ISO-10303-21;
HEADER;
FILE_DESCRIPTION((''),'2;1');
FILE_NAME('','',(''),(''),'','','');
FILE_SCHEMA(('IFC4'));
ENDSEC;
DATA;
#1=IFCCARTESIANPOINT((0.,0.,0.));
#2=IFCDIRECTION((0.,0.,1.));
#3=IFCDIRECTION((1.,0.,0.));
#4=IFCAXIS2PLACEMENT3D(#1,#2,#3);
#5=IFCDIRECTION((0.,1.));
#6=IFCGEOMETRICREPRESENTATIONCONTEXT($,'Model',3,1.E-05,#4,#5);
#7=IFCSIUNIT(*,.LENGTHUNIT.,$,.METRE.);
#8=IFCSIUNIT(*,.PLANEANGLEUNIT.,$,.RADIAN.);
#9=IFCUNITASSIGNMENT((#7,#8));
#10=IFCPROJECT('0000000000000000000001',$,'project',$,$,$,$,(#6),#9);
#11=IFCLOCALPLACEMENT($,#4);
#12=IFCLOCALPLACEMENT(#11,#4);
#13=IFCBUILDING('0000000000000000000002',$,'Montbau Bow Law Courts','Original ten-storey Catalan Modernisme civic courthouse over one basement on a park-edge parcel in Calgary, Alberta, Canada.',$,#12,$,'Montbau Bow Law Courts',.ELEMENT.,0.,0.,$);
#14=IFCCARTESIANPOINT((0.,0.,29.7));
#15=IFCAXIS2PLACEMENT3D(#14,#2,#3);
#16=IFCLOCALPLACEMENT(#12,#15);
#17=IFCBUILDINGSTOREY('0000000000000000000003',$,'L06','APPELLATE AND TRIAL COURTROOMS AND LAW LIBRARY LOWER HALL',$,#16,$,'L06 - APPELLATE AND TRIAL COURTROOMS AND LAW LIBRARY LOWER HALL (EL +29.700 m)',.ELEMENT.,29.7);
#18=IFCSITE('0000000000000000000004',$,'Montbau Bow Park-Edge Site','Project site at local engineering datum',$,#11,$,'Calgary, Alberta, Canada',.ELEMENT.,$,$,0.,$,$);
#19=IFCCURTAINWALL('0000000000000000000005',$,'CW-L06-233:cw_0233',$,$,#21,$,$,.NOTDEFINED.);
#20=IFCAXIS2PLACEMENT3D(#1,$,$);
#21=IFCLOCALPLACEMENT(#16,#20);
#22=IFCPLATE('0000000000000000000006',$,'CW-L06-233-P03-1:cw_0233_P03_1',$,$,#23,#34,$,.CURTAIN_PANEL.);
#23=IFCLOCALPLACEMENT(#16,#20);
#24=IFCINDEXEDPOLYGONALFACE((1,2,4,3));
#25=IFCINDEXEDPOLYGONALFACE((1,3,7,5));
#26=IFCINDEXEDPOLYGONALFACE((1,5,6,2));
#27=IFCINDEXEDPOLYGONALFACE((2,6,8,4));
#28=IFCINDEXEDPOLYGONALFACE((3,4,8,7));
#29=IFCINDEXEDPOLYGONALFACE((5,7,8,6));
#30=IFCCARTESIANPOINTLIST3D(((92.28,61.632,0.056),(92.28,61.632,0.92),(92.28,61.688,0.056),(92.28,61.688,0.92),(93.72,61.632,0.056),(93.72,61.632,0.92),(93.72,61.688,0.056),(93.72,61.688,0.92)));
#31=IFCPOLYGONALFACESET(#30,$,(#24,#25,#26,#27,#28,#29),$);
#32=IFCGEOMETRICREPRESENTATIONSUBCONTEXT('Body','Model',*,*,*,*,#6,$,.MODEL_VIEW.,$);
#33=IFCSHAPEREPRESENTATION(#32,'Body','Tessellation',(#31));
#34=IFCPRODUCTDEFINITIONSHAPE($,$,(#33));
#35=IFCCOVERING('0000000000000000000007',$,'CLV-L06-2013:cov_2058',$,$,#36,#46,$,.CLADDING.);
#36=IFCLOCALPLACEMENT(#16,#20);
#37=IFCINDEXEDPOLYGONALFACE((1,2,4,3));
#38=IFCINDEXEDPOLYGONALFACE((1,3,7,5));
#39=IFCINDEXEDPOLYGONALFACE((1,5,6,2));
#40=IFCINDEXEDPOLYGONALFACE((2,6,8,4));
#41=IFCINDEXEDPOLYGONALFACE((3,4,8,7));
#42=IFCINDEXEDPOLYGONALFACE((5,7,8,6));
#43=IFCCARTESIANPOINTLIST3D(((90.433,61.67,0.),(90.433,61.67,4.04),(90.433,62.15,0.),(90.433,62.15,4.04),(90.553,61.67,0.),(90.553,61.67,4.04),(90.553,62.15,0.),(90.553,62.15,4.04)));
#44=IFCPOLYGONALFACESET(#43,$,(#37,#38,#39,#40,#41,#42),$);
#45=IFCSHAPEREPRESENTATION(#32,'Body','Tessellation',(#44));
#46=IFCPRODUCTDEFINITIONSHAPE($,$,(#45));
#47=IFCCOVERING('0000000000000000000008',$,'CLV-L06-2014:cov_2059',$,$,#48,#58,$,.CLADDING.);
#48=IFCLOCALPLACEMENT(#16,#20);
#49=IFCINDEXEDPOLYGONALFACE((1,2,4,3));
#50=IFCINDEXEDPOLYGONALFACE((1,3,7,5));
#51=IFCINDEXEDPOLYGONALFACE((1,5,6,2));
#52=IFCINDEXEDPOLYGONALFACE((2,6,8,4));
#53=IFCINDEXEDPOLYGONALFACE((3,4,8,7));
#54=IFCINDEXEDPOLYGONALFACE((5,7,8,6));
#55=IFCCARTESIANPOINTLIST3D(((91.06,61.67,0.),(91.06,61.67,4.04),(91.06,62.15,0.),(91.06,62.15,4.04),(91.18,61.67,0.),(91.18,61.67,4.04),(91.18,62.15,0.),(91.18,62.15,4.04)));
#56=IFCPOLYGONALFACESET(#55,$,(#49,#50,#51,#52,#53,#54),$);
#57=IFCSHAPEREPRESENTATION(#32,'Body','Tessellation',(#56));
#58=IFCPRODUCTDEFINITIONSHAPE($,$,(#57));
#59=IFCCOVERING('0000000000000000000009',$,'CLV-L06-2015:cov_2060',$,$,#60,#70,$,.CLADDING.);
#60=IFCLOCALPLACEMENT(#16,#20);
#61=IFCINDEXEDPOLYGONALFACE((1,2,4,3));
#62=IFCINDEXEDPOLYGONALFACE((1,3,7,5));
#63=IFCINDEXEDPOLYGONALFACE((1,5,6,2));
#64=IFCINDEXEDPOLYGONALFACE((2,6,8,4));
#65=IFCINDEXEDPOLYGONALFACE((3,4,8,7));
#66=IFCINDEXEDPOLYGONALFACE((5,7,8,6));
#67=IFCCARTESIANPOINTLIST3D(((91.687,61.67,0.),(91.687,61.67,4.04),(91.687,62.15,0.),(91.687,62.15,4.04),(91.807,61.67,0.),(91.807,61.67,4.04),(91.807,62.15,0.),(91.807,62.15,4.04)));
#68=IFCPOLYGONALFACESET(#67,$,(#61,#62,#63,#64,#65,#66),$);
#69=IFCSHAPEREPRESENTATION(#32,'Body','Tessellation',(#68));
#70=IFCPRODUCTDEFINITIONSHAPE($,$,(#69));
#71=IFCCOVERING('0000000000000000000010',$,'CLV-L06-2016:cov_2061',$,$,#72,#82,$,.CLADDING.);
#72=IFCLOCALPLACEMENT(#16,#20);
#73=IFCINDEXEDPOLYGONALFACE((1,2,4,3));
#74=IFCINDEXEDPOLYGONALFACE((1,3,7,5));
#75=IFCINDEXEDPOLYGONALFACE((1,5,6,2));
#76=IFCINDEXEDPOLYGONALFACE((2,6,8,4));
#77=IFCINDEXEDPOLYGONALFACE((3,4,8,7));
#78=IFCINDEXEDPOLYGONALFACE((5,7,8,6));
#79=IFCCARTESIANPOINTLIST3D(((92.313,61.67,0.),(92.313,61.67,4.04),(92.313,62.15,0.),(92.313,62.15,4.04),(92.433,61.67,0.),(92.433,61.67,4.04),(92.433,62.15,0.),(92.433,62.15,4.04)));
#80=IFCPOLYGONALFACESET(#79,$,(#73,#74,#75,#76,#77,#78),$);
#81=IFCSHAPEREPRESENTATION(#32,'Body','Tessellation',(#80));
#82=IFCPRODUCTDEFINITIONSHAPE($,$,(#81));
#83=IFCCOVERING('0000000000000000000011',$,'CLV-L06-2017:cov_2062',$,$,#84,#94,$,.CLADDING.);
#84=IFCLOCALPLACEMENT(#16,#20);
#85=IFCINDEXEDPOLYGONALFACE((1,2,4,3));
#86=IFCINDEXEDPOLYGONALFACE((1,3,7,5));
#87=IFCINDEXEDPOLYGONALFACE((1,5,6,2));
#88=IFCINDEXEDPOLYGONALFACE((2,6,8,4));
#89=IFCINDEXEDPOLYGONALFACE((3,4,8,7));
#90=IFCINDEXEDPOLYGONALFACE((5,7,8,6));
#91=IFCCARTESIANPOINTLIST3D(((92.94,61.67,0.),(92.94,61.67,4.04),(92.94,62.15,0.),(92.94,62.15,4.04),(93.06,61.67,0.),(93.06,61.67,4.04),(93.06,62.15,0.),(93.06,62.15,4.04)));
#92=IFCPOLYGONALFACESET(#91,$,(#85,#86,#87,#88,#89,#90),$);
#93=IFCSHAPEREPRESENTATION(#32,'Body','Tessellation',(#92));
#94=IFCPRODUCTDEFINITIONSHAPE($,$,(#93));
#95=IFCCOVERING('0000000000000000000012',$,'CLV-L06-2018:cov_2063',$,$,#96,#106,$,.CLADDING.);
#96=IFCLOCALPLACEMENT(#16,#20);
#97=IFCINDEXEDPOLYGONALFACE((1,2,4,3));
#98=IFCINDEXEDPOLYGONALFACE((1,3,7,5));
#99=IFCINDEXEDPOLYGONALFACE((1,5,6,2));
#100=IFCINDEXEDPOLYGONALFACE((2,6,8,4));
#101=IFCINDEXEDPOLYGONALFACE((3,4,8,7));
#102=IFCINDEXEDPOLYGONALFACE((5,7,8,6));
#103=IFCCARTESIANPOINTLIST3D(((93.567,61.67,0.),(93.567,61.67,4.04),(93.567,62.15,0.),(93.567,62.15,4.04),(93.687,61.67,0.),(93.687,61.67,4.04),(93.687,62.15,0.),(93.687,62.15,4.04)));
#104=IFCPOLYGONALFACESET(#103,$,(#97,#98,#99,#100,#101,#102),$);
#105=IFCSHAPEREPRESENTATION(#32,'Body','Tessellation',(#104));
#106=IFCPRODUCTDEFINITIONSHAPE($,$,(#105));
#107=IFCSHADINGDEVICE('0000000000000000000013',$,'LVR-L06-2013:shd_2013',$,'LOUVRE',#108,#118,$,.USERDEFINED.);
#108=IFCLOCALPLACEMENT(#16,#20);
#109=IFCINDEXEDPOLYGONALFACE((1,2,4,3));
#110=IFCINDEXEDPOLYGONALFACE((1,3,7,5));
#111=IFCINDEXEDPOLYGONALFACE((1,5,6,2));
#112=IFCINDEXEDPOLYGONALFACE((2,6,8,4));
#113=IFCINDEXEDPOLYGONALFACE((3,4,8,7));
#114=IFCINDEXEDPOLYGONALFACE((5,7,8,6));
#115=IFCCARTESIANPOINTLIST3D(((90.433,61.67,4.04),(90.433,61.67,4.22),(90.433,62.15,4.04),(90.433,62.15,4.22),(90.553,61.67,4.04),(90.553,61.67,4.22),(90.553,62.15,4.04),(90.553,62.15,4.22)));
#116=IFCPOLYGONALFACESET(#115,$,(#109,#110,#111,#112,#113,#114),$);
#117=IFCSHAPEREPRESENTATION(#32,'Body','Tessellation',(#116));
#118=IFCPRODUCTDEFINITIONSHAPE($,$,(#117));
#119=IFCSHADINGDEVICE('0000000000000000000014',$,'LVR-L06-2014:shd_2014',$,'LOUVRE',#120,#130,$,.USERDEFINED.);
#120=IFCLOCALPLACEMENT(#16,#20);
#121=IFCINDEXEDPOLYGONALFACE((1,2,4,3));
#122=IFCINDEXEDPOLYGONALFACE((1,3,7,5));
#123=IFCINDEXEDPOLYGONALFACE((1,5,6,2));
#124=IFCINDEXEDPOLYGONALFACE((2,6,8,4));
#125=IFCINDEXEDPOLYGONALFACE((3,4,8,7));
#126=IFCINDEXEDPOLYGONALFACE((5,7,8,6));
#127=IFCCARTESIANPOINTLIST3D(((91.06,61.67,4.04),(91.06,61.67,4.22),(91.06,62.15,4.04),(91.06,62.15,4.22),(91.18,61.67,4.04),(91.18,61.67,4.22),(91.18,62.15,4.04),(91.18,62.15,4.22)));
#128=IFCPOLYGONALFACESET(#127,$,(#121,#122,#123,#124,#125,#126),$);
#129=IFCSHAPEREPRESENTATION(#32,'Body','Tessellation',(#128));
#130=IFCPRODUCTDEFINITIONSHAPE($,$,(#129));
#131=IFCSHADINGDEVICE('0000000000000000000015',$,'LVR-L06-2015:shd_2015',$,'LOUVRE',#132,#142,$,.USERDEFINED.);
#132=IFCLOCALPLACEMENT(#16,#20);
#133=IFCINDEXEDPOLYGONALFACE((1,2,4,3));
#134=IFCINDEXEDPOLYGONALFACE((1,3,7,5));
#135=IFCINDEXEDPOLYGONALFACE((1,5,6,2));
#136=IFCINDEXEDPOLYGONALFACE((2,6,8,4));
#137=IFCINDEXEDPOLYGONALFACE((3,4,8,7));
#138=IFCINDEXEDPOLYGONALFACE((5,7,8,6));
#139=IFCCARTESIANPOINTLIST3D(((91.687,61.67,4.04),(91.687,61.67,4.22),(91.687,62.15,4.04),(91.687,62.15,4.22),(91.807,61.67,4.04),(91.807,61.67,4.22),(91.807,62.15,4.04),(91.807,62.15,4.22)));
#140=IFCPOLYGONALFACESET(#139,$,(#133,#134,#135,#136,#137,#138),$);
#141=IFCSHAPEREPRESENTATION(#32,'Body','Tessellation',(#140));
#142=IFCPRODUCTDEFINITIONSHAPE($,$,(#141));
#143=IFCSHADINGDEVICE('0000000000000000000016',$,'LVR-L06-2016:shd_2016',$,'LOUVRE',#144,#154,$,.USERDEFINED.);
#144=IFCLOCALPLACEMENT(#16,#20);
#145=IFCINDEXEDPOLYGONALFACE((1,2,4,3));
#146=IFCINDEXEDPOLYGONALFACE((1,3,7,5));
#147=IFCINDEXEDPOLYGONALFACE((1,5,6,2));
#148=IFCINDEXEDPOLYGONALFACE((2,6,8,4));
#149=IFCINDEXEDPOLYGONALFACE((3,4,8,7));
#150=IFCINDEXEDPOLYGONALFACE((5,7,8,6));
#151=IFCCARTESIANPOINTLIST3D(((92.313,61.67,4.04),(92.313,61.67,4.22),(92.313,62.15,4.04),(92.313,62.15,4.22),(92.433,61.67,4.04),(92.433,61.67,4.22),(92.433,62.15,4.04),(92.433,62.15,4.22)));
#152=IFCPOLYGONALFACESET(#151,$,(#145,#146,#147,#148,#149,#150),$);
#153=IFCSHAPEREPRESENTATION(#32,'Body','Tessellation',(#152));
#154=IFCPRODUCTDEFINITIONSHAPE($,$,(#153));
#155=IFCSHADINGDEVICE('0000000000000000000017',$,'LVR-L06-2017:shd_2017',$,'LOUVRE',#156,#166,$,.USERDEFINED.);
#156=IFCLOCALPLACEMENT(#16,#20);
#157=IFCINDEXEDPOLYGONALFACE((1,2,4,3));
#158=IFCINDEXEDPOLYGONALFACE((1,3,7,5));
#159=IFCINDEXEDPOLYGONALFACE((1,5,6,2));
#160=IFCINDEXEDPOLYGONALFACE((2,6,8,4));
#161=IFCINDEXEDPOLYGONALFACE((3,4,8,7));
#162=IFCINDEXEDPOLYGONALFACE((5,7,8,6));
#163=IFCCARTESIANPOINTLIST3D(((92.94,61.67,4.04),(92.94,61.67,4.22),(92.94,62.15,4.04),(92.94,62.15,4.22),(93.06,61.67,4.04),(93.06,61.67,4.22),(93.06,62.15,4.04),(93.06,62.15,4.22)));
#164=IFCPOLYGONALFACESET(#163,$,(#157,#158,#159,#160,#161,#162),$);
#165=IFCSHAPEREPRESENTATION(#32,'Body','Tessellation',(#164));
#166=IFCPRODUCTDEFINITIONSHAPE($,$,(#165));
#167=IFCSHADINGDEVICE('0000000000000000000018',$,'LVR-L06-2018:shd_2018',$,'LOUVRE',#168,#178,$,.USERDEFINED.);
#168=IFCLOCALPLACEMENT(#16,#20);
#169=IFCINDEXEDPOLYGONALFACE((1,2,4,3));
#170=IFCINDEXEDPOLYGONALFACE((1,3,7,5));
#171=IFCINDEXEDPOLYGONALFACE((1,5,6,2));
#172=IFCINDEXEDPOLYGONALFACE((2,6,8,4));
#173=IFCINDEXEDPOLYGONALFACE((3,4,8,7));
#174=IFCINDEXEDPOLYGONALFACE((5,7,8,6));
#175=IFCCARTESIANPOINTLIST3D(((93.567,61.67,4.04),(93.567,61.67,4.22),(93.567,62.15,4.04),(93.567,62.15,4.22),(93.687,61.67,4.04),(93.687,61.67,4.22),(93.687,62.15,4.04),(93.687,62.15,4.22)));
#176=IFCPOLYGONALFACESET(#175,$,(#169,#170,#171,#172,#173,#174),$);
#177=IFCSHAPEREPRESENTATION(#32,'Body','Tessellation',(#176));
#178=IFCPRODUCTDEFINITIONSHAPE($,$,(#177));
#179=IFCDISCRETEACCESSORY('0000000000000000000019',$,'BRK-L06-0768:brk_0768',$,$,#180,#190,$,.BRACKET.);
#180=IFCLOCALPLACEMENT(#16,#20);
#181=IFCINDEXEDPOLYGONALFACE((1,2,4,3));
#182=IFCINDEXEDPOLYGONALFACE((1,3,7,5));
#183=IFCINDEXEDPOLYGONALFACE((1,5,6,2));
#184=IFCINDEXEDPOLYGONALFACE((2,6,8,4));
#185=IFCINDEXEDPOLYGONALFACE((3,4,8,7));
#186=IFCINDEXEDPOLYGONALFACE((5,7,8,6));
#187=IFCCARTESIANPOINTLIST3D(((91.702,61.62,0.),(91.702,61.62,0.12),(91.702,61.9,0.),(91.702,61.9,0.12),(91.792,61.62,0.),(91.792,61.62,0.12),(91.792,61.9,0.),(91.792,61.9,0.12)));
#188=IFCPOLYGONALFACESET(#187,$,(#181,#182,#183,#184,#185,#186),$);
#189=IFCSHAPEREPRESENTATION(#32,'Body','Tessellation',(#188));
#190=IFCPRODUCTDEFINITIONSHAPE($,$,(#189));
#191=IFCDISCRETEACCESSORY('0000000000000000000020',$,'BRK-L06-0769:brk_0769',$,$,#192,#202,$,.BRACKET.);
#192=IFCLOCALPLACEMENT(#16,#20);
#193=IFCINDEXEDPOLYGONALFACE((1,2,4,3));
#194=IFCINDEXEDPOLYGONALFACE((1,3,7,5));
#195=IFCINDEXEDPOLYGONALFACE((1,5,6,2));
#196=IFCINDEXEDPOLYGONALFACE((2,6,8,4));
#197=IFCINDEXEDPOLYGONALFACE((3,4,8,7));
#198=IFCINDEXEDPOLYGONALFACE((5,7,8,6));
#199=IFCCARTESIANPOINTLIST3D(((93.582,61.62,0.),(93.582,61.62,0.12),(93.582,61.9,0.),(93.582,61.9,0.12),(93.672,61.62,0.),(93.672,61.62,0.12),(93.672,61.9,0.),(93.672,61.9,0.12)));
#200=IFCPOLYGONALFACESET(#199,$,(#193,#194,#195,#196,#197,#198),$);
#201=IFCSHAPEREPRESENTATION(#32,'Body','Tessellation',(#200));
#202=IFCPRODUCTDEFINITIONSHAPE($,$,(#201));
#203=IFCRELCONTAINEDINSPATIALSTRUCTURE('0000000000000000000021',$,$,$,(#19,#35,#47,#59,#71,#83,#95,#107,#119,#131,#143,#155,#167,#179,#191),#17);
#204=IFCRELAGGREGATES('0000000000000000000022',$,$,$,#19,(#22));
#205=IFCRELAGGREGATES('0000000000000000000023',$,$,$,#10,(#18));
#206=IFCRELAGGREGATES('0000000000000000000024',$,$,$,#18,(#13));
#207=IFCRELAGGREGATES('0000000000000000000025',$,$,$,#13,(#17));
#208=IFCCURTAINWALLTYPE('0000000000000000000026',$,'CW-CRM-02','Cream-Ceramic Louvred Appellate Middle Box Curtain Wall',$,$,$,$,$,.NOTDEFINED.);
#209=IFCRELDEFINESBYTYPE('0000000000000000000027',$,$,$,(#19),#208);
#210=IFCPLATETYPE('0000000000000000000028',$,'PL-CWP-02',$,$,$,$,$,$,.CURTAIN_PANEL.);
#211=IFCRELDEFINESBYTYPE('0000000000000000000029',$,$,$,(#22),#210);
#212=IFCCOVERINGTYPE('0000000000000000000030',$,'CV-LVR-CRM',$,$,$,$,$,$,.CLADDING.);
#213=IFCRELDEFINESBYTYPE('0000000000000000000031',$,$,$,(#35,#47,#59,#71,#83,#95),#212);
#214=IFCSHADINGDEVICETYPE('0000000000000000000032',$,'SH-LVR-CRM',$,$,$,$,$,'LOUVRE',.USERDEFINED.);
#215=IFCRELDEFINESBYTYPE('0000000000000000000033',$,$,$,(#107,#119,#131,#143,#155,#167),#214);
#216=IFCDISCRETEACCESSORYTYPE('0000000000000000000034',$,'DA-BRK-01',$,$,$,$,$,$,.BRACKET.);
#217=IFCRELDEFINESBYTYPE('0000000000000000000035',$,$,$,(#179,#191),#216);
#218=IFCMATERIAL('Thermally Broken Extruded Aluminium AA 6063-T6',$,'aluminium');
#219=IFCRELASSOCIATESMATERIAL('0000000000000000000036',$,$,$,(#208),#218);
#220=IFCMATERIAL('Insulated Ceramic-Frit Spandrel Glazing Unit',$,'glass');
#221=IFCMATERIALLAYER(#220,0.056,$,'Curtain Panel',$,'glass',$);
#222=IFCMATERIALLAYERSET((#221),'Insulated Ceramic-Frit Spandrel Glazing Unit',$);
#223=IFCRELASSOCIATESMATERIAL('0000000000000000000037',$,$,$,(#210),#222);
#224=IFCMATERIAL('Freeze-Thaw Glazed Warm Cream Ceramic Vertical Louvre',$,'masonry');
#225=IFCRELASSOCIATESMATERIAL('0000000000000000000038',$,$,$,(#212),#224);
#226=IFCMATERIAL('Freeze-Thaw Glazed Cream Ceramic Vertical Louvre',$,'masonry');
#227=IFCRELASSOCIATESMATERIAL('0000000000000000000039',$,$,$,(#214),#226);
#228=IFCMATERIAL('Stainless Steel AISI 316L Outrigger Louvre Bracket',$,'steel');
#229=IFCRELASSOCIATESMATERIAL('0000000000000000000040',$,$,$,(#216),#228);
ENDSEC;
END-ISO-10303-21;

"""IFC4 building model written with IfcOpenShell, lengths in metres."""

from ifc_helpers import new_model, si_unit, direction, frame, frame_2d, origin_with_axes, origin_2d_with_axis, place, context, subcontext, project, spatial, rectangle, extrude, material, layer, layer_set, type_object, element, aggregate, save


model = new_model("IFC4")

# Units and contexts
model_context = context("Model", 3, precision=1e-05, world=origin_with_axes(), true_north=direction((0.0, 1.0)))
body_context = subcontext(model_context, "Body", "Model", "MODEL_VIEW")
ifc_project = project(units=[si_unit("LENGTHUNIT", "METRE"), si_unit("PLANEANGLEUNIT", "RADIAN")], contexts=[model_context])

# Site, building, storey
site_placement = place(None, origin_with_axes())
site = spatial("IfcSite", under=ifc_project, at=site_placement, Name="Montbau Bow Park-Edge Site", Description="Project site at local engineering datum", LongName="Calgary, Alberta, Canada", CompositionType="ELEMENT", RefElevation=0.0)
building_placement = place(site_placement, origin_with_axes())
building = spatial("IfcBuilding", under=site, at=building_placement, Name="Montbau Bow Law Courts", Description="Original ten-storey Catalan Modernisme civic courthouse over one basement on a park-edge parcel in Calgary, Alberta, Canada.", LongName="Montbau Bow Law Courts", CompositionType="ELEMENT", ElevationOfRefHeight=0.0, ElevationOfTerrain=0.0)
storey_placement = place(building_placement, frame((0.0, 0.0, 29.7), z_axis=(0.0, 0.0, 1.0), x_axis=(1.0, 0.0, 0.0)))
storey = spatial("IfcBuildingStorey", under=building, at=storey_placement, Name="L06", Description="APPELLATE AND TRIAL COURTROOMS AND LAW LIBRARY LOWER HALL", LongName="L06 - APPELLATE AND TRIAL COURTROOMS AND LAW LIBRARY LOWER HALL (EL +29.700 m)", CompositionType="ELEMENT", Elevation=29.7)

# Curtain wall, plate
ifc_material_1 = material(Name="Thermally Broken Extruded Aluminium AA 6063-T6", Category="aluminium")
curtain_wall_type = type_object("IfcCurtainWallType", Name="CW-CRM-02", Description="Cream-Ceramic Louvred Appellate Middle Box Curtain Wall", PredefinedType="NOTDEFINED", material=ifc_material_1)
curtain_wall_placement = place(None, frame((89.24, 61.66, 29.7), z_axis=(0.0, 0.0, 1.0), x_axis=(1.0, 0.0, 0.0)))
curtain_wall = element("IfcCurtainWall", 1, at=curtain_wall_placement, inside=storey, type_object=curtain_wall_type, Name="CW-L06-233:cw_0233", PredefinedType="NOTDEFINED")
ifc_material_2 = material(Name="Insulated Ceramic-Frit Spandrel Glazing Unit", Category="glass")
ifc_layer_1 = layer(ifc_material_2, 0.056, Name="Curtain Panel", Category="glass")
ifc_layer_set_1 = layer_set([ifc_layer_1], Name="Insulated Ceramic-Frit Spandrel Glazing Unit")
plate_type_1 = type_object("IfcPlateType", Name="PL-CWP-02", PredefinedType="CURTAIN_PANEL", material=ifc_layer_set_1)
plate_1_placement = place(None, frame((92.28, 61.66, 29.756), z_axis=(0.0, -1.0, 0.0), x_axis=(1.0, 0.0, 0.0)))
plate_1 = element("IfcPlate", 2, at=plate_1_placement, type_object=plate_type_1, Name="CW-L06-233-P03-1:cw_0233_P03_1", PredefinedType="CURTAIN_PANEL", context=body_context, shape_type="SweptSolid", body=[
    extrude(rectangle(XDim=1.44, YDim=0.864, at=frame_2d((0.72, 0.432), x_axis=(1.0, 0.0))), frame((0.0, 0.0, -0.028), z_axis=(0.0, 0.0, 1.0), x_axis=(1.0, 0.0, 0.0)), (0.0, 0.0, 1.0), 0.056),
])
aggregate(curtain_wall, [plate_1])

# Coverings
ifc_material_3 = material(Name="Freeze-Thaw Glazed Warm Cream Ceramic Vertical Louvre", Category="masonry")
covering_type = type_object("IfcCoveringType", Name="CV-LVR-CRM", PredefinedType="CLADDING", material=ifc_material_3)
for number, where, z_axis, x_axis, name in (
    (3, (90.493, 61.67, 29.7), (1.0, 0.0, 0.0), (0.0, 1.0, 0.0), "CLV-L06-2013:cov_2058"),
    (4, (91.12, 61.67, 29.7), (1.0, 0.0, 0.0), (0.0, 1.0, 0.0), "CLV-L06-2014:cov_2059"),
    (5, (91.747, 61.67, 29.7), (1.0, 0.0, 0.0), (0.0, 1.0, 0.0), "CLV-L06-2015:cov_2060"),
    (6, (92.373, 61.67, 29.7), (1.0, 0.0, 0.0), (0.0, 1.0, 0.0), "CLV-L06-2016:cov_2061"),
    (7, (93.0, 61.67, 29.7), (1.0, 0.0, 0.0), (0.0, 1.0, 0.0), "CLV-L06-2017:cov_2062"),
    (8, (93.627, 61.67, 29.7), (1.0, 0.0, 0.0), (0.0, 1.0, 0.0), "CLV-L06-2018:cov_2063"),
):
    element("IfcCovering", number, at=place(None, frame(where, z_axis=z_axis, x_axis=x_axis)), inside=storey, type_object=covering_type, Name=name, PredefinedType="CLADDING", context=body_context, shape_type="SweptSolid", body=[
        extrude(rectangle(XDim=0.48, YDim=4.04, at=frame_2d((0.24, 2.02), x_axis=(1.0, 0.0))), frame((0.0, 0.0, -0.06), z_axis=(0.0, 0.0, 1.0), x_axis=(1.0, 0.0, 0.0)), (0.0, 0.0, 1.0), 0.12),
    ])

# Shading devices
ifc_material_4 = material(Name="Freeze-Thaw Glazed Cream Ceramic Vertical Louvre", Category="masonry")
shading_device_type = type_object("IfcShadingDeviceType", Name="SH-LVR-CRM", ElementType="LOUVRE", PredefinedType="USERDEFINED", material=ifc_material_4)
for number, where, z_axis, x_axis, name in (
    (9, (90.493, 61.91, 33.74), (0.0, 0.0, 1.0), (0.0, 1.0, 0.0), "LVR-L06-2013:shd_2013"),
    (10, (91.12, 61.91, 33.74), (0.0, 0.0, 1.0), (0.0, 1.0, 0.0), "LVR-L06-2014:shd_2014"),
    (11, (91.747, 61.91, 33.74), (0.0, 0.0, 1.0), (0.0, 1.0, 0.0), "LVR-L06-2015:shd_2015"),
    (12, (92.373, 61.91, 33.74), (0.0, 0.0, 1.0), (0.0, 1.0, 0.0), "LVR-L06-2016:shd_2016"),
    (13, (93.0, 61.91, 33.74), (0.0, 0.0, 1.0), (0.0, 1.0, 0.0), "LVR-L06-2017:shd_2017"),
    (14, (93.627, 61.91, 33.74), (0.0, 0.0, 1.0), (0.0, 1.0, 0.0), "LVR-L06-2018:shd_2018"),
):
    element("IfcShadingDevice", number, at=place(None, frame(where, z_axis=z_axis, x_axis=x_axis)), inside=storey, type_object=shading_device_type, Name=name, ObjectType="LOUVRE", PredefinedType="USERDEFINED", context=body_context, shape_type="SweptSolid", body=[
        extrude(rectangle(XDim=0.48, YDim=0.12, at=origin_2d_with_axis()), origin_with_axes(), (0.0, 0.0, 1.0), 0.18),
    ])

# Discrete accessories
ifc_material_5 = material(Name="Stainless Steel AISI 316L Outrigger Louvre Bracket", Category="steel")
discrete_accessory_type = type_object("IfcDiscreteAccessoryType", Name="DA-BRK-01", PredefinedType="BRACKET", material=ifc_material_5)
for number, where, z_axis, x_axis, name in (
    (15, (91.747, 61.76, 29.7), (0.0, 0.0, 1.0), (0.0, 1.0, 0.0), "BRK-L06-0768:brk_0768"),
    (16, (93.627, 61.76, 29.7), (0.0, 0.0, 1.0), (0.0, 1.0, 0.0), "BRK-L06-0769:brk_0769"),
):
    element("IfcDiscreteAccessory", number, at=place(None, frame(where, z_axis=z_axis, x_axis=x_axis)), inside=storey, type_object=discrete_accessory_type, Name=name, PredefinedType="BRACKET", context=body_context, shape_type="SweptSolid", body=[
        extrude(rectangle(XDim=0.28, YDim=0.09, at=origin_2d_with_axis()), origin_with_axes(), (0.0, 0.0, 1.0), 0.12),
    ])

save(model, "model.ifc")
